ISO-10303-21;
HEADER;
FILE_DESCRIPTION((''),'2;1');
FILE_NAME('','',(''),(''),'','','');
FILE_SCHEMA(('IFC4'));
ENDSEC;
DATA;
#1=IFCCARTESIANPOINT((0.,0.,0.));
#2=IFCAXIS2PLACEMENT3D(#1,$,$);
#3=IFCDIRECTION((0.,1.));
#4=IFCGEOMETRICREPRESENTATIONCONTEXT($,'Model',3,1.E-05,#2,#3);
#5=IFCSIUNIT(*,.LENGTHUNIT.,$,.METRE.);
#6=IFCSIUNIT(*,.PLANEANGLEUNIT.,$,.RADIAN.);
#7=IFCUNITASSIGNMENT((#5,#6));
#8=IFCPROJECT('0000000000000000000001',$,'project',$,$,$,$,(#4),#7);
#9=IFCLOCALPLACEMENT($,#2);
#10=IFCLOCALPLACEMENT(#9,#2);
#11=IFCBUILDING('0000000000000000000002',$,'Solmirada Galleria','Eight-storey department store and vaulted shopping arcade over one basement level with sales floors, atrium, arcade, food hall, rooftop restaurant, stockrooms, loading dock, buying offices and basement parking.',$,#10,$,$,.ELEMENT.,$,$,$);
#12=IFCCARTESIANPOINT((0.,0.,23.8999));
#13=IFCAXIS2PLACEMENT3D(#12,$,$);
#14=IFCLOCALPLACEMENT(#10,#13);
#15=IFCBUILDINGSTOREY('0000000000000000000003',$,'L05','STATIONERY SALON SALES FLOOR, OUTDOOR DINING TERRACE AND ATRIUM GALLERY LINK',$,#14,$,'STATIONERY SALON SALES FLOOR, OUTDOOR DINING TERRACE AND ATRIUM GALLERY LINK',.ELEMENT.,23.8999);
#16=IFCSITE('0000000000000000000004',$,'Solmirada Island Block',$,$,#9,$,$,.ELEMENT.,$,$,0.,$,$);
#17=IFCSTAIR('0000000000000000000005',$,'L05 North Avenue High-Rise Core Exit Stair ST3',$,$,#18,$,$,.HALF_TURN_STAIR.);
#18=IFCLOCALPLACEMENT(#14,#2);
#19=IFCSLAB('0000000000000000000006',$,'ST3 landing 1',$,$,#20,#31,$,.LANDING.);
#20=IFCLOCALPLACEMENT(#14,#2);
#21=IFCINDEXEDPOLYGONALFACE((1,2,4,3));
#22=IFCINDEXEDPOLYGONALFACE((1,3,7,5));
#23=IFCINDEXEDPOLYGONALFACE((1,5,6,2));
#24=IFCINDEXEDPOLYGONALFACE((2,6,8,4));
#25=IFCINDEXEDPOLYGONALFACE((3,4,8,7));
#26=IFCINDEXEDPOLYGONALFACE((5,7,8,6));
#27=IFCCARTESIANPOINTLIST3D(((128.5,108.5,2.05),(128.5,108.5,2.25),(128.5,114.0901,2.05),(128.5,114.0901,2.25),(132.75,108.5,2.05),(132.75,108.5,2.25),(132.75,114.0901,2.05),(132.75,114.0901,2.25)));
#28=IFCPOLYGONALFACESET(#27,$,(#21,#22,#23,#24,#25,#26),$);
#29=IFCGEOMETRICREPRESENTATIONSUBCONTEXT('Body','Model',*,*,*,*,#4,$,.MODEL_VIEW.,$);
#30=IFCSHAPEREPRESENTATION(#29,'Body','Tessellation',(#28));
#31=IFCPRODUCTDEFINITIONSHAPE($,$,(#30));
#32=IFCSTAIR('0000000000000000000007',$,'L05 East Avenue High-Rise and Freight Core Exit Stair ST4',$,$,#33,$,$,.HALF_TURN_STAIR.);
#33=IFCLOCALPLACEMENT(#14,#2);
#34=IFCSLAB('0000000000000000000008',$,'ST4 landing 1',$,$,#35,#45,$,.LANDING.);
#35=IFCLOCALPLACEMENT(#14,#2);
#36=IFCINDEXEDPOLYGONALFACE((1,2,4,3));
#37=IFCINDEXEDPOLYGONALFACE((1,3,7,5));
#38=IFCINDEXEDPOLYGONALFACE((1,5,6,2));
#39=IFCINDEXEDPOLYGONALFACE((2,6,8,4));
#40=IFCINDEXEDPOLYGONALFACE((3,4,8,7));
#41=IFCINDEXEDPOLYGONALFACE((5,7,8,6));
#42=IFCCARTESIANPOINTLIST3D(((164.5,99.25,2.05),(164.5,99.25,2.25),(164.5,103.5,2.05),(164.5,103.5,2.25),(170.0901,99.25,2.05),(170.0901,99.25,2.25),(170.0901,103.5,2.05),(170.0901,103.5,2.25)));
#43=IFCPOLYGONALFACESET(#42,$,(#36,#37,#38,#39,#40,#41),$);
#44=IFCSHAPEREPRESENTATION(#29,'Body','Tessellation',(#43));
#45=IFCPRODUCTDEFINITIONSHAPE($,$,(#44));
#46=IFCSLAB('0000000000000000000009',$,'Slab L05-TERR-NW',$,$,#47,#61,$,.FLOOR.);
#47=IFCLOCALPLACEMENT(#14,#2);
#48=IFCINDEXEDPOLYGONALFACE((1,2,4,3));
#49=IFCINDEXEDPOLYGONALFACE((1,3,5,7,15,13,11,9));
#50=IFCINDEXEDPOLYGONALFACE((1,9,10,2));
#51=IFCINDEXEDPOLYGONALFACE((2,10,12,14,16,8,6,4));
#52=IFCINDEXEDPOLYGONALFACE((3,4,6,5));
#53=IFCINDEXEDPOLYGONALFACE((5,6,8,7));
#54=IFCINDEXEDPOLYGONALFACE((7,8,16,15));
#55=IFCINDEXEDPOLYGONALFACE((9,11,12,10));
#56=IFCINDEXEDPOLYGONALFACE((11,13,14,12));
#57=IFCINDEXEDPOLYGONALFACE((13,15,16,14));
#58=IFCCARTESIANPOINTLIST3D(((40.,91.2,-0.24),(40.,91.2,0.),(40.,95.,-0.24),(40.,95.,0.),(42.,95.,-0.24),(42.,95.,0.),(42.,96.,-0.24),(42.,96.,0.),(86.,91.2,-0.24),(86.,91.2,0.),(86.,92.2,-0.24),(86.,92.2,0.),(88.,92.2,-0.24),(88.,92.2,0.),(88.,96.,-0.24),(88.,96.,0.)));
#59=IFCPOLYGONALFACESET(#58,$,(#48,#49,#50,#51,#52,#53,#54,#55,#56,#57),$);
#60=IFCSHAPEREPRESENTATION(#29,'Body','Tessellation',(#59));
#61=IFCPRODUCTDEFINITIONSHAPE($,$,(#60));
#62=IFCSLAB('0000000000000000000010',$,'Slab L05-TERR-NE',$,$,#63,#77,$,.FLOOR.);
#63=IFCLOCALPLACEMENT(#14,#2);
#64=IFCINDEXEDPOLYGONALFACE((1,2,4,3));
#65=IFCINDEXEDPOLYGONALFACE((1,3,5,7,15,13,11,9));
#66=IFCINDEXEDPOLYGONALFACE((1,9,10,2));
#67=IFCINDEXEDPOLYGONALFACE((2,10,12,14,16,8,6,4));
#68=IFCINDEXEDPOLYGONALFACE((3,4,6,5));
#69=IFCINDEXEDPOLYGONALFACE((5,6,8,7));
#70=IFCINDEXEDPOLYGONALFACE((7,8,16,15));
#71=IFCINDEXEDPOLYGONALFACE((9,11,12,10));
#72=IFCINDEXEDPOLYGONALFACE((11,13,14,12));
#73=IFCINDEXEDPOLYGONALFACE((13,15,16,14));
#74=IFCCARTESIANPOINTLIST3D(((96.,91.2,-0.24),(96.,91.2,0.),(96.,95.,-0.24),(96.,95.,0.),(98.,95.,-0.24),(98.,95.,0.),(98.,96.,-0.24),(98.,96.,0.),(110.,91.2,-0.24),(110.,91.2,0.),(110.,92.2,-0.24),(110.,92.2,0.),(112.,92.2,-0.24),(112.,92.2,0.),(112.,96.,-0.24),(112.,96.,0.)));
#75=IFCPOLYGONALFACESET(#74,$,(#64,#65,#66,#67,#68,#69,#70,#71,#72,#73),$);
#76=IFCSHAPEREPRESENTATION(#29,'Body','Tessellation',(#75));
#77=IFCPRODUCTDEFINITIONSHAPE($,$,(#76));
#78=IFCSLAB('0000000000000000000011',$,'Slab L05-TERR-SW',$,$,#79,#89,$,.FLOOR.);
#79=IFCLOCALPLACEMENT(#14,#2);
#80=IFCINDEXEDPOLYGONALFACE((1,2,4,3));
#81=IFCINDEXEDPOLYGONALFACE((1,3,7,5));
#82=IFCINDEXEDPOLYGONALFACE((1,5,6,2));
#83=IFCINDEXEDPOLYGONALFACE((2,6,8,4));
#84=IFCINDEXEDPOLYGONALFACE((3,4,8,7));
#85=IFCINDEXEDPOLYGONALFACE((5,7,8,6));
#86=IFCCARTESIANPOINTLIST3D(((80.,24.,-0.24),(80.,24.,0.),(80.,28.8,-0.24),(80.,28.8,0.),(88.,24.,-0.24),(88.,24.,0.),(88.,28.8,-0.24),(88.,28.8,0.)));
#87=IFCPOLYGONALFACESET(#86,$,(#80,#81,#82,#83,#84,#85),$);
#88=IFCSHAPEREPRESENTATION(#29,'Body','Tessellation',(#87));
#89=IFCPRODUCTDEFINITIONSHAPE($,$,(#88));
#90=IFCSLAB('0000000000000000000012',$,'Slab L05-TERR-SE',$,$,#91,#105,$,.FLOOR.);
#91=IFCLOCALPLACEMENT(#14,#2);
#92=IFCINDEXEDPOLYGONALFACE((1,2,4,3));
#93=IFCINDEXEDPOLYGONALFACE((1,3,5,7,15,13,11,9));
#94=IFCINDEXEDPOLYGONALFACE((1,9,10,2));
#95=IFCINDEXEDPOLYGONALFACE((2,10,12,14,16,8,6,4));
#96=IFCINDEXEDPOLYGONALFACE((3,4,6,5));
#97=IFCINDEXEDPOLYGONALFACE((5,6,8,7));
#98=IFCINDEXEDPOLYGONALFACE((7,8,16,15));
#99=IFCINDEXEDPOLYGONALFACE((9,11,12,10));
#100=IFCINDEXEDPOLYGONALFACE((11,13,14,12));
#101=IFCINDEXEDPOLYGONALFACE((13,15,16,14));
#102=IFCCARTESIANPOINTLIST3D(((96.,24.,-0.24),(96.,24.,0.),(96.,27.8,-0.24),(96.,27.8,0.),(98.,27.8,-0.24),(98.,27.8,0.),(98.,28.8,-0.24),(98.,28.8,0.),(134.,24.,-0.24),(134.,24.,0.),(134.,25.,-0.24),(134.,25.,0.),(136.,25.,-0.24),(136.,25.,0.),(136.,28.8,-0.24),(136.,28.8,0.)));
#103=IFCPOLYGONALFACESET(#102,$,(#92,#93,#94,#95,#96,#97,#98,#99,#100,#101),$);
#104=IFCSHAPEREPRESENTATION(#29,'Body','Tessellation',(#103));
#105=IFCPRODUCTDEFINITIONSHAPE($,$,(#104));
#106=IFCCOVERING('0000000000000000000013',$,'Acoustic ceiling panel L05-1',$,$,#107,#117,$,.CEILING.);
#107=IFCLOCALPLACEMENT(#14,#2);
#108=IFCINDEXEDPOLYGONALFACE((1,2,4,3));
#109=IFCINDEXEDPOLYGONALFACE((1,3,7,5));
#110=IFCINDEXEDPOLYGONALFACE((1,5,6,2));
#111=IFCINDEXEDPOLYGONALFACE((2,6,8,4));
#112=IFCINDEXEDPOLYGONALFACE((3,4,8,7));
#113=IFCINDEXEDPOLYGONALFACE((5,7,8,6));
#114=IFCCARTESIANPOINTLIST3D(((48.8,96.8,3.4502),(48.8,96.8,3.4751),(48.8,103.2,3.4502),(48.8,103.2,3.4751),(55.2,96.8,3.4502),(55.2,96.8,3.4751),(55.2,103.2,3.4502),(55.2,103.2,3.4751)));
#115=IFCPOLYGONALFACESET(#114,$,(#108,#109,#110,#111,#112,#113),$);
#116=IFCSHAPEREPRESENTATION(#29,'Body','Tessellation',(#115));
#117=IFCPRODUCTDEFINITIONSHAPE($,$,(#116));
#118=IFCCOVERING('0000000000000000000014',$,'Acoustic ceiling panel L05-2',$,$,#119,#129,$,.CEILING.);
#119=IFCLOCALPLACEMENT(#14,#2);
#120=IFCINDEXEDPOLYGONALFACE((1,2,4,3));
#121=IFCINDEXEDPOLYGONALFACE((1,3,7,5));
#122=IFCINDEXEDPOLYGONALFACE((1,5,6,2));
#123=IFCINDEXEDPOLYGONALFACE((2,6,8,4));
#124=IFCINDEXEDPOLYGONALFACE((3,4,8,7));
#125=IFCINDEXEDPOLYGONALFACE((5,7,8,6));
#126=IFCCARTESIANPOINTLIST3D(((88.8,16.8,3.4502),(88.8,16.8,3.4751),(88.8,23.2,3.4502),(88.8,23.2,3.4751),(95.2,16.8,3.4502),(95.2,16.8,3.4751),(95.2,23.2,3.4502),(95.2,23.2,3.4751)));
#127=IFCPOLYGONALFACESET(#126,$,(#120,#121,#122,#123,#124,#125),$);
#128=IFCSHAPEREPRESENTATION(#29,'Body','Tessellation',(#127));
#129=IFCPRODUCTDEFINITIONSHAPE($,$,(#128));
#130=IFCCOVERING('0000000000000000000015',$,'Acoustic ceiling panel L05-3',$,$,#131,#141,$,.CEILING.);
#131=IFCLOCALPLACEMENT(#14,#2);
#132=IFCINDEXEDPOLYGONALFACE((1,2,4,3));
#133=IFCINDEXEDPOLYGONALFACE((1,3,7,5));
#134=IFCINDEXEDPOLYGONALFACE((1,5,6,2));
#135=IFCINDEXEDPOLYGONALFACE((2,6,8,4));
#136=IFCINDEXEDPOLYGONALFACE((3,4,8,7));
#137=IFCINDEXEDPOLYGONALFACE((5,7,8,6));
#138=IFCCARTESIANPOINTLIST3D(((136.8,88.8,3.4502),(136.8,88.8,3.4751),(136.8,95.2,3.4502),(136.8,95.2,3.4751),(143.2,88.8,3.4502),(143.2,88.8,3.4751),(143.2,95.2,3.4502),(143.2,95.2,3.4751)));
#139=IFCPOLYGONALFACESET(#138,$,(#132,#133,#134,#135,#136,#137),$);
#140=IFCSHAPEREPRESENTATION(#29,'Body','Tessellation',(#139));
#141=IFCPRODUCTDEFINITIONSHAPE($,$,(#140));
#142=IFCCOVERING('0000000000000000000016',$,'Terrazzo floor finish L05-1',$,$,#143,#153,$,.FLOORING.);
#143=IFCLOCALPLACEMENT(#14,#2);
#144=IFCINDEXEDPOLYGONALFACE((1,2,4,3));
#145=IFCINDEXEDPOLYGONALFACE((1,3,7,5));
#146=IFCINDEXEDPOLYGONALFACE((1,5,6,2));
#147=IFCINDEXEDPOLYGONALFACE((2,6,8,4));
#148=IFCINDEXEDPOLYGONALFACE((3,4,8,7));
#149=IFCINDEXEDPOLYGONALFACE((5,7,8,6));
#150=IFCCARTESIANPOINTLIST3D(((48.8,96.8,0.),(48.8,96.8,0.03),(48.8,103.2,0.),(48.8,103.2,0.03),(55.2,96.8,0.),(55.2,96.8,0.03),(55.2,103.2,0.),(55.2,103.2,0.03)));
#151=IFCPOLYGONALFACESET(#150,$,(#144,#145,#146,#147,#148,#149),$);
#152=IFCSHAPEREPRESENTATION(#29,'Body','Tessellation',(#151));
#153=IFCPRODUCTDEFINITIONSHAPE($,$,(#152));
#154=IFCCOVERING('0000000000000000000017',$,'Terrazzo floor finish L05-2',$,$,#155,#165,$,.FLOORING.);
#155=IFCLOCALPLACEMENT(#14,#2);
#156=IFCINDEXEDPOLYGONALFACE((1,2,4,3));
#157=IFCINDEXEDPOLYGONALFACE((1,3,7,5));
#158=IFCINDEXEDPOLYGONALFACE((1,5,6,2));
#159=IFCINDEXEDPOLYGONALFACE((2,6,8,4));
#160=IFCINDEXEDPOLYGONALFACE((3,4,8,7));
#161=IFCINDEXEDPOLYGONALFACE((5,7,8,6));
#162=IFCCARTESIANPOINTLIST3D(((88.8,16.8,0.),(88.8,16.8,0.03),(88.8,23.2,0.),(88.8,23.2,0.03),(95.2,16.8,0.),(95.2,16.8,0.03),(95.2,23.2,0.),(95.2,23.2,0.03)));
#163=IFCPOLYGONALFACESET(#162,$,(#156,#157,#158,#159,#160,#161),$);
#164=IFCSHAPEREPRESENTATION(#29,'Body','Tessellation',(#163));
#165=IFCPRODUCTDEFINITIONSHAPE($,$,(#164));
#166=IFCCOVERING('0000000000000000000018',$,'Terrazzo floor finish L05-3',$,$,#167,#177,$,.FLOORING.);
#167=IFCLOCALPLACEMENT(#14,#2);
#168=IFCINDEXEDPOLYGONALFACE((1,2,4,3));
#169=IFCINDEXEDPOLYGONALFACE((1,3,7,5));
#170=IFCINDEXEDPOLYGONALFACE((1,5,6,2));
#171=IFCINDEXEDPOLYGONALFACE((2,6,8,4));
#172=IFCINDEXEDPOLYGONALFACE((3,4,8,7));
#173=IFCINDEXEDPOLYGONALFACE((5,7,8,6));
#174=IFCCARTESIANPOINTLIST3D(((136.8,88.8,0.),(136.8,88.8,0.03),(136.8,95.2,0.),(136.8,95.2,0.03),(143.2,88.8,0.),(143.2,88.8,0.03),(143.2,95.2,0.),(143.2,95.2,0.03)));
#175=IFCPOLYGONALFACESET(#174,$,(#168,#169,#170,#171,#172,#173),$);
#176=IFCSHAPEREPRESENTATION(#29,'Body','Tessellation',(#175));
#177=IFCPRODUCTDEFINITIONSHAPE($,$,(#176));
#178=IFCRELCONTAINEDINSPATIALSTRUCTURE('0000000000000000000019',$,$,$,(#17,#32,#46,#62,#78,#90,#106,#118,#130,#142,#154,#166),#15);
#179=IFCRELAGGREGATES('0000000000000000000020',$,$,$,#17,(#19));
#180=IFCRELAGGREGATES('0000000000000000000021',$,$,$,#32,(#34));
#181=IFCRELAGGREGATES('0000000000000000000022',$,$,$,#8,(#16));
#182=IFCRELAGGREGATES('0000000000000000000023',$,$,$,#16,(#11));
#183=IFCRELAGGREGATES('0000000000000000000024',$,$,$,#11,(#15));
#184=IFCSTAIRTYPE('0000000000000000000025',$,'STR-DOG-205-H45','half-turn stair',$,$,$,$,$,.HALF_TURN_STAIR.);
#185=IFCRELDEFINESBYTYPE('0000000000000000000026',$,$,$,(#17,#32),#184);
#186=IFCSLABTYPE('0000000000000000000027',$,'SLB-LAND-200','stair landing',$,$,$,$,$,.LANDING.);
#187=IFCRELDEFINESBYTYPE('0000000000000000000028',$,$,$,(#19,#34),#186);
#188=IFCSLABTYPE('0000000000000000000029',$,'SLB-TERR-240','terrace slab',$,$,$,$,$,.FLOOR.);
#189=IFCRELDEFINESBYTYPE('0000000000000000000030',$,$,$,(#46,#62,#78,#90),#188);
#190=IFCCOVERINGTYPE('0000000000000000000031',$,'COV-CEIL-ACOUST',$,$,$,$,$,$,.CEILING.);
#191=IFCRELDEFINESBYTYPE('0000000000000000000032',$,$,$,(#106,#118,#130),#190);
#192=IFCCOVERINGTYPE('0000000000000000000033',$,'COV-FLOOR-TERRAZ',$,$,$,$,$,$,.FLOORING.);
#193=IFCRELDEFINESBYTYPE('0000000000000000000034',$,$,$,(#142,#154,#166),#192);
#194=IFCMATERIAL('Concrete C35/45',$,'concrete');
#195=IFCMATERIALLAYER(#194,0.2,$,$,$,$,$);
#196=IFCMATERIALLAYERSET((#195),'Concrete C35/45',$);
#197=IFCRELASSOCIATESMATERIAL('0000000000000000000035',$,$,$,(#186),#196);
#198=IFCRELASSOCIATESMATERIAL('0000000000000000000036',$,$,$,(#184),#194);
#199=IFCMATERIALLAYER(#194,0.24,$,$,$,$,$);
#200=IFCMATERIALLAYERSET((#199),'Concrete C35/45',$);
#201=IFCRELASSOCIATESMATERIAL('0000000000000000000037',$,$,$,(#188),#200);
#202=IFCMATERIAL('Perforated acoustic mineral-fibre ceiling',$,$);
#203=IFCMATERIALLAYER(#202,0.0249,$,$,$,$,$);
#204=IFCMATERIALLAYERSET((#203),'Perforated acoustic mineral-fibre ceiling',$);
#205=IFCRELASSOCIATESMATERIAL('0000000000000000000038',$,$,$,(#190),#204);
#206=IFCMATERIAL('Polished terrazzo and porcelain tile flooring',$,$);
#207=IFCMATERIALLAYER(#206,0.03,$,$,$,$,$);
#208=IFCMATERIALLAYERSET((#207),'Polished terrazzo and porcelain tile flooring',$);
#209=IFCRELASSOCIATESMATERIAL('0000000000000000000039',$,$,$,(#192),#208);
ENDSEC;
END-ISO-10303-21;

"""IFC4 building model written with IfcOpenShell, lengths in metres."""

from ifc_helpers import new_model, si_unit, direction, frame, origin, place, context, subcontext, project, spatial, polyline, outline, extrude, material, layer, layer_set, type_object, element, aggregate, save


model = new_model("IFC4")

# Units and contexts
model_context = context("Model", 3, precision=1e-05, world=origin(), true_north=direction((0.0, 1.0)))
body_context = subcontext(model_context, "Body", "Model", "MODEL_VIEW")
ifc_project = project(units=[si_unit("LENGTHUNIT", "METRE"), si_unit("PLANEANGLEUNIT", "RADIAN")], contexts=[model_context])

# Site, building, storey
site_placement = place(None, origin())
site = spatial("IfcSite", under=ifc_project, at=site_placement, Name="Solmirada Island Block", CompositionType="ELEMENT", RefElevation=0.0)
building_placement = place(site_placement, origin())
building = spatial("IfcBuilding", under=site, at=building_placement, Name="Solmirada Galleria", Description="Eight-storey department store and vaulted shopping arcade over one basement level with sales floors, atrium, arcade, food hall, rooftop restaurant, stockrooms, loading dock, buying offices and basement parking.", CompositionType="ELEMENT")
storey_placement = place(building_placement, frame((0.0, 0.0, 23.8999)))
storey = spatial("IfcBuildingStorey", under=building, at=storey_placement, Name="L05", Description="STATIONERY SALON SALES FLOOR, OUTDOOR DINING TERRACE AND ATRIUM GALLERY LINK", LongName="STATIONERY SALON SALES FLOOR, OUTDOOR DINING TERRACE AND ATRIUM GALLERY LINK", CompositionType="ELEMENT", Elevation=23.8999)

# Shared definitions
ifc_material_1 = material(Name="Concrete C35/45", Category="concrete")

# Stairs, slabs
ifc_layer_1 = layer(ifc_material_1, 0.2)
ifc_layer_set_1 = layer_set([ifc_layer_1], Name="Concrete C35/45")
slab_type_1 = type_object("IfcSlabType", Name="SLB-LAND-200", Description="stair landing", PredefinedType="LANDING", material=ifc_layer_set_1)
stair_type_1 = type_object("IfcStairType", Name="STR-DOG-205-H45", Description="half-turn stair", PredefinedType="HALF_TURN_STAIR", material=ifc_material_1)
stair_1_placement = place(storey_placement, origin())
stair_1 = element("IfcStair", 1, at=stair_1_placement, inside=storey, type_object=stair_type_1, Name="L05 North Avenue High-Rise Core Exit Stair ST3", PredefinedType="HALF_TURN_STAIR")
slab_1_placement = place(storey_placement, frame((0.0, 0.0, 2.05)))
slab_1 = element("IfcSlab", 2, at=slab_1_placement, type_object=slab_type_1, Name="ST3 landing 1", PredefinedType="LANDING", context=body_context, shape_type="SweptSolid", body=[
    extrude(outline(polyline([(128.5, 114.0901), (128.5, 108.5), (132.75, 108.5), (132.75, 114.0901), (128.5, 114.0901)])), origin(), (0.0, 0.0, 1.0), 0.2),
])
aggregate(stair_1, [slab_1])
stair_2_placement = place(storey_placement, origin())
stair_2 = element("IfcStair", 3, at=stair_2_placement, inside=storey, type_object=stair_type_1, Name="L05 East Avenue High-Rise and Freight Core Exit Stair ST4", PredefinedType="HALF_TURN_STAIR")
slab_2_placement = place(storey_placement, frame((0.0, 0.0, 2.05)))
slab_2 = element("IfcSlab", 4, at=slab_2_placement, type_object=slab_type_1, Name="ST4 landing 1", PredefinedType="LANDING", context=body_context, shape_type="SweptSolid", body=[
    extrude(outline(polyline([(170.0901, 103.5), (164.5, 103.5), (164.5, 99.25), (170.0901, 99.25), (170.0901, 103.5)])), origin(), (0.0, 0.0, 1.0), 0.2),
])
aggregate(stair_2, [slab_2])

# Slabs
ifc_layer_2 = layer(ifc_material_1, 0.24)
ifc_layer_set_2 = layer_set([ifc_layer_2], Name="Concrete C35/45")
slab_type_2 = type_object("IfcSlabType", Name="SLB-TERR-240", Description="terrace slab", PredefinedType="FLOOR", material=ifc_layer_set_2)
slab_3_placement = place(storey_placement, frame((0.0, 0.0, -0.24)))
element("IfcSlab", 5, at=slab_3_placement, inside=storey, type_object=slab_type_2, Name="Slab L05-TERR-NW", PredefinedType="FLOOR", context=body_context, shape_type="SweptSolid", body=[
    extrude(outline(polyline([(40.0, 91.2), (86.0, 91.2), (86.0, 92.2), (88.0, 92.2), (88.0, 96.0), (42.0, 96.0), (42.0, 95.0), (40.0, 95.0), (40.0, 91.2)])), origin(), (0.0, 0.0, 1.0), 0.24),
])
slab_4_placement = place(storey_placement, frame((0.0, 0.0, -0.24)))
element("IfcSlab", 6, at=slab_4_placement, inside=storey, type_object=slab_type_2, Name="Slab L05-TERR-NE", PredefinedType="FLOOR", context=body_context, shape_type="SweptSolid", body=[
    extrude(outline(polyline([(96.0, 91.2), (110.0, 91.2), (110.0, 92.2), (112.0, 92.2), (112.0, 96.0), (98.0, 96.0), (98.0, 95.0), (96.0, 95.0), (96.0, 91.2)])), origin(), (0.0, 0.0, 1.0), 0.24),
])
slab_5_placement = place(storey_placement, frame((0.0, 0.0, -0.24)))
element("IfcSlab", 7, at=slab_5_placement, inside=storey, type_object=slab_type_2, Name="Slab L05-TERR-SW", PredefinedType="FLOOR", context=body_context, shape_type="SweptSolid", body=[
    extrude(outline(polyline([(80.0, 24.0), (88.0, 24.0), (88.0, 28.8), (80.0, 28.8), (80.0, 24.0)])), origin(), (0.0, 0.0, 1.0), 0.24),
])
slab_6_placement = place(storey_placement, frame((0.0, 0.0, -0.24)))
element("IfcSlab", 8, at=slab_6_placement, inside=storey, type_object=slab_type_2, Name="Slab L05-TERR-SE", PredefinedType="FLOOR", context=body_context, shape_type="SweptSolid", body=[
    extrude(outline(polyline([(96.0, 24.0), (134.0, 24.0), (134.0, 25.0), (136.0, 25.0), (136.0, 28.8), (98.0, 28.8), (98.0, 27.8), (96.0, 27.8), (96.0, 24.0)])), origin(), (0.0, 0.0, 1.0), 0.24),
])

# Coverings
ifc_material_2 = material(Name="Perforated acoustic mineral-fibre ceiling")
ifc_layer_3 = layer(ifc_material_2, 0.0249)
ifc_layer_set_3 = layer_set([ifc_layer_3], Name="Perforated acoustic mineral-fibre ceiling")
covering_type_1 = type_object("IfcCoveringType", Name="COV-CEIL-ACOUST", PredefinedType="CEILING", material=ifc_layer_set_3)
covering_1_placement = place(storey_placement, frame((0.0, 0.0, 3.4502)))
element("IfcCovering", 9, at=covering_1_placement, inside=storey, type_object=covering_type_1, Name="Acoustic ceiling panel L05-1", PredefinedType="CEILING", context=body_context, shape_type="SweptSolid", body=[
    extrude(outline(polyline([(48.8, 96.8), (55.2, 96.8), (55.2, 103.2), (48.8, 103.2), (48.8, 96.8)])), origin(), (0.0, 0.0, 1.0), 0.0249),
])
covering_2_placement = place(storey_placement, frame((0.0, 0.0, 3.4502)))
element("IfcCovering", 10, at=covering_2_placement, inside=storey, type_object=covering_type_1, Name="Acoustic ceiling panel L05-2", PredefinedType="CEILING", context=body_context, shape_type="SweptSolid", body=[
    extrude(outline(polyline([(88.8, 16.8), (95.2, 16.8), (95.2, 23.2), (88.8, 23.2), (88.8, 16.8)])), origin(), (0.0, 0.0, 1.0), 0.0249),
])
covering_3_placement = place(storey_placement, frame((0.0, 0.0, 3.4502)))
element("IfcCovering", 11, at=covering_3_placement, inside=storey, type_object=covering_type_1, Name="Acoustic ceiling panel L05-3", PredefinedType="CEILING", context=body_context, shape_type="SweptSolid", body=[
    extrude(outline(polyline([(136.8, 88.8), (143.2, 88.8), (143.2, 95.2), (136.8, 95.2), (136.8, 88.8)])), origin(), (0.0, 0.0, 1.0), 0.0249),
])
ifc_material_3 = material(Name="Polished terrazzo and porcelain tile flooring")
ifc_layer_4 = layer(ifc_material_3, 0.03)
ifc_layer_set_4 = layer_set([ifc_layer_4], Name="Polished terrazzo and porcelain tile flooring")
covering_type_2 = type_object("IfcCoveringType", Name="COV-FLOOR-TERRAZ", PredefinedType="FLOORING", material=ifc_layer_set_4)
covering_4_placement = place(storey_placement, origin())
element("IfcCovering", 12, at=covering_4_placement, inside=storey, type_object=covering_type_2, Name="Terrazzo floor finish L05-1", PredefinedType="FLOORING", context=body_context, shape_type="SweptSolid", body=[
    extrude(outline(polyline([(48.8, 96.8), (55.2, 96.8), (55.2, 103.2), (48.8, 103.2), (48.8, 96.8)])), origin(), (0.0, 0.0, 1.0), 0.03),
])
covering_5_placement = place(storey_placement, origin())
element("IfcCovering", 13, at=covering_5_placement, inside=storey, type_object=covering_type_2, Name="Terrazzo floor finish L05-2", PredefinedType="FLOORING", context=body_context, shape_type="SweptSolid", body=[
    extrude(outline(polyline([(88.8, 16.8), (95.2, 16.8), (95.2, 23.2), (88.8, 23.2), (88.8, 16.8)])), origin(), (0.0, 0.0, 1.0), 0.03),
])
covering_6_placement = place(storey_placement, origin())
element("IfcCovering", 14, at=covering_6_placement, inside=storey, type_object=covering_type_2, Name="Terrazzo floor finish L05-3", PredefinedType="FLOORING", context=body_context, shape_type="SweptSolid", body=[
    extrude(outline(polyline([(136.8, 88.8), (143.2, 88.8), (143.2, 95.2), (136.8, 95.2), (136.8, 88.8)])), origin(), (0.0, 0.0, 1.0), 0.03),
])

save(model, "model.ifc")
